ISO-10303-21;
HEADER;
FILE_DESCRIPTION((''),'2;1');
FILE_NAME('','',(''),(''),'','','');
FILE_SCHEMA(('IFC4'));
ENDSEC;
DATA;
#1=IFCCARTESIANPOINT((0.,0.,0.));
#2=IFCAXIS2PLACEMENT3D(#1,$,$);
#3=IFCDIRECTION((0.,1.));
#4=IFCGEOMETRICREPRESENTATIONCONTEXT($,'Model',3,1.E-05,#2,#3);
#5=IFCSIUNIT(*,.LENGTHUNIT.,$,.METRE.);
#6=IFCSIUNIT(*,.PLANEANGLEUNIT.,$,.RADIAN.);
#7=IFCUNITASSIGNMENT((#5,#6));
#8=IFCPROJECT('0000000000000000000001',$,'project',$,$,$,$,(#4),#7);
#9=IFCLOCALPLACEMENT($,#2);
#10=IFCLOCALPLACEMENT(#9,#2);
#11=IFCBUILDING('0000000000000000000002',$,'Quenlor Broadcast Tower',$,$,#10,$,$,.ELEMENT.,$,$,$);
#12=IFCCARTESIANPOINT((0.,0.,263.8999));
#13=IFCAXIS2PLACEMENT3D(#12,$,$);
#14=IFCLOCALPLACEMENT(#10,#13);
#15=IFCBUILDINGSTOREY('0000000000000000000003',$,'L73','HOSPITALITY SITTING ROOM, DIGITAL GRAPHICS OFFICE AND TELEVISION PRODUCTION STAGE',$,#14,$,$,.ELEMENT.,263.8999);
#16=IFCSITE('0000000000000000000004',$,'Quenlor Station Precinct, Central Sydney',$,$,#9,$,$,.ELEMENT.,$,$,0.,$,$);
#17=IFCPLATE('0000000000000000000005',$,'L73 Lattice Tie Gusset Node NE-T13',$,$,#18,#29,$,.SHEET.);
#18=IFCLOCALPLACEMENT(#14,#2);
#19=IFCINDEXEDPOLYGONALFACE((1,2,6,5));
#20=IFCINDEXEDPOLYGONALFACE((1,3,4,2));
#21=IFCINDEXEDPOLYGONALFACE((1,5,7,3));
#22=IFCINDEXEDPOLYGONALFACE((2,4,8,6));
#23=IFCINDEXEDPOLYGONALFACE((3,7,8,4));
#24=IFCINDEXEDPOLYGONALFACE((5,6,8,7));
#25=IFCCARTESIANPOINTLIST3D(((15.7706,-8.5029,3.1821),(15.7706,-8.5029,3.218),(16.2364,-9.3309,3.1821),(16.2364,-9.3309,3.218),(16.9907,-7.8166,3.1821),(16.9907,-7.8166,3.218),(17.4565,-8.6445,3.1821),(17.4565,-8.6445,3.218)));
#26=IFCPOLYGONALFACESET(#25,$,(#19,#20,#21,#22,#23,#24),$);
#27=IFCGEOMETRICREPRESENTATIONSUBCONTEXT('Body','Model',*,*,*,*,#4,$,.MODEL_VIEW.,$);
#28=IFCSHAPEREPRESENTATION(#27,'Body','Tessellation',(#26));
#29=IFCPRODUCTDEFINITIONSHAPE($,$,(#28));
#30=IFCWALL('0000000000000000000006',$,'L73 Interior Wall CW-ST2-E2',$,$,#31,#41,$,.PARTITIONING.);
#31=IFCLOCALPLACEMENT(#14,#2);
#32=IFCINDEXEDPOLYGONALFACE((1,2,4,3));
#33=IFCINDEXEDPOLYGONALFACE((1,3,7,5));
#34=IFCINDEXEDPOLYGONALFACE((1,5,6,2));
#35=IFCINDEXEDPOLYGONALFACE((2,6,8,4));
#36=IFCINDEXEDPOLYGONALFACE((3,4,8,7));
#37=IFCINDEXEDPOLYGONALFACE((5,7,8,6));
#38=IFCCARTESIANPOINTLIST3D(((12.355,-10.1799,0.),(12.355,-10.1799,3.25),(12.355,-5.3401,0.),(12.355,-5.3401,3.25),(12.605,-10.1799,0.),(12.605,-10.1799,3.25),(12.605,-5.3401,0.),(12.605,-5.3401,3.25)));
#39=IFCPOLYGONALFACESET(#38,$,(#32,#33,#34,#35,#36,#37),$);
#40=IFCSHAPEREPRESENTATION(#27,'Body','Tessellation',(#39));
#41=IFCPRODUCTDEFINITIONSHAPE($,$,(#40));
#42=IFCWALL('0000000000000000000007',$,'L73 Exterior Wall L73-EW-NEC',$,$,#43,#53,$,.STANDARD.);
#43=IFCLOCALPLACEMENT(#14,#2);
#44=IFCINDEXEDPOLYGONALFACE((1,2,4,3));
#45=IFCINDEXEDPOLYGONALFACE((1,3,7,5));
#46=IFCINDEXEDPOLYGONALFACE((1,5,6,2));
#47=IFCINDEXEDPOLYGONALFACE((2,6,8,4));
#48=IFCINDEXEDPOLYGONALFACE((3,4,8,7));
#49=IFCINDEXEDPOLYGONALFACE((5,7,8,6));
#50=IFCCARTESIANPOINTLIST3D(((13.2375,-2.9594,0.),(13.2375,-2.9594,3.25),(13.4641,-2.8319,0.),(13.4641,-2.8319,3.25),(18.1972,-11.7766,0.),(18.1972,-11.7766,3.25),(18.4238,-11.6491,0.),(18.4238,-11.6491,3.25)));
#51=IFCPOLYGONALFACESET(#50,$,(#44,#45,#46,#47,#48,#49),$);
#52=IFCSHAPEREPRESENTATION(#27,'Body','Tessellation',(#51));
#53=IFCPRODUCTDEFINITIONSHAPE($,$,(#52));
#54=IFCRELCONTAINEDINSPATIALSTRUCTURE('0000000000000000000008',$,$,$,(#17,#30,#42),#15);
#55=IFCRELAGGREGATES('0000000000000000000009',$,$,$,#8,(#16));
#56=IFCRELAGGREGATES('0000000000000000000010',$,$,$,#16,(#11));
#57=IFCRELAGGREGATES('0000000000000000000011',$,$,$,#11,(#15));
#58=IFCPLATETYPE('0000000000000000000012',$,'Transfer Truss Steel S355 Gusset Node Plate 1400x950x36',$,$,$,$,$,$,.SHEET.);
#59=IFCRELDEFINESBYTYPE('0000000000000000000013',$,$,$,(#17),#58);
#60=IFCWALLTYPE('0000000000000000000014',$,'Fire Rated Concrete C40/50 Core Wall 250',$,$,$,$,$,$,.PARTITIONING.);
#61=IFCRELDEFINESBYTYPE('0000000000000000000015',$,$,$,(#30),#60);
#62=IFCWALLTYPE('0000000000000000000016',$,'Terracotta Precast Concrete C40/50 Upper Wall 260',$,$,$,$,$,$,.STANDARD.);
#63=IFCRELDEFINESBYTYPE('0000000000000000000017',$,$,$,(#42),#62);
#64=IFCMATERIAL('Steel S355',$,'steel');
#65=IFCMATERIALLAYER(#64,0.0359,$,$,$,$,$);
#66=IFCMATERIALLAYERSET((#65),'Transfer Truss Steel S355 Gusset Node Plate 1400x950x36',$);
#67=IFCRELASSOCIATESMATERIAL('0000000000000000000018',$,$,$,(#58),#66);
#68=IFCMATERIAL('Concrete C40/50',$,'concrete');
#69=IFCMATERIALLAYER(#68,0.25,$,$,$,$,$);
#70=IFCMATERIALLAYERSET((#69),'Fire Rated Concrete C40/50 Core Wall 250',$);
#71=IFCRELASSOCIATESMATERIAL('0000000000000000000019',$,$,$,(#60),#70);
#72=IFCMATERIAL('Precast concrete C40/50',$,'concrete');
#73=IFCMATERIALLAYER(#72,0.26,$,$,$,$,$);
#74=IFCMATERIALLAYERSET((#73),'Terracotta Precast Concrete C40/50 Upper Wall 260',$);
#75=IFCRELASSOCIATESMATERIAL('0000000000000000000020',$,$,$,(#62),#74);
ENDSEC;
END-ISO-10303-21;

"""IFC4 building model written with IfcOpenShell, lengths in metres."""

from ifc_helpers import new_model, si_unit, direction, frame, frame_2d, origin, origin_2d, place, context, subcontext, project, spatial, rectangle, extrude, material, layer, layer_set, type_object, element, save


model = new_model("IFC4")

# Units and contexts
model_context = context("Model", 3, precision=1e-05, world=origin(), true_north=direction((0.0, 1.0)))
body_context = subcontext(model_context, "Body", "Model", "MODEL_VIEW")
ifc_project = project(units=[si_unit("LENGTHUNIT", "METRE"), si_unit("PLANEANGLEUNIT", "RADIAN")], contexts=[model_context])

# Site, building, storey
site_placement = place(None, origin())
site = spatial("IfcSite", under=ifc_project, at=site_placement, Name="Quenlor Station Precinct, Central Sydney", CompositionType="ELEMENT", RefElevation=0.0)
building_placement = place(site_placement, origin())
building = spatial("IfcBuilding", under=site, at=building_placement, Name="Quenlor Broadcast Tower", CompositionType="ELEMENT")
storey_placement = place(building_placement, frame((0.0, 0.0, 263.8999)))
storey = spatial("IfcBuildingStorey", under=building, at=storey_placement, Name="L73", Description="HOSPITALITY SITTING ROOM, DIGITAL GRAPHICS OFFICE AND TELEVISION PRODUCTION STAGE", CompositionType="ELEMENT", Elevation=263.8999)

# Plate
ifc_material_1 = material(Name="Steel S355", Category="steel")
ifc_layer_1 = layer(ifc_material_1, 0.0359)
ifc_layer_set_1 = layer_set([ifc_layer_1], Name="Transfer Truss Steel S355 Gusset Node Plate 1400x950x36")
plate_type_1 = type_object("IfcPlateType", Name="Transfer Truss Steel S355 Gusset Node Plate 1400x950x36", PredefinedType="SHEET", material=ifc_layer_set_1)
for number, where, z_axis, x_axis, name in (
    (1, (16.6135, -8.5737, 3.1821), (0.0, 0.0, 1.0), (0.871556, 0.490295, 0.0), "L73 Lattice Tie Gusset Node NE-T13"),
):
    element("IfcPlate", number, at=place(storey_placement, frame(where, z_axis=z_axis, x_axis=x_axis)), inside=storey, type_object=plate_type_1, Name=name, PredefinedType="SHEET", context=body_context, shape_type="SweptSolid", body=[
        extrude(rectangle(XDim=1.3999, YDim=0.95, at=origin_2d()), origin(), (0.0, 0.0, 1.0), 0.0359),
    ])

# Wall
ifc_material_2 = material(Name="Concrete C40/50", Category="concrete")
ifc_layer_2 = layer(ifc_material_2, 0.25)
ifc_layer_set_2 = layer_set([ifc_layer_2], Name="Fire Rated Concrete C40/50 Core Wall 250")
wall_type_1 = type_object("IfcWallType", Name="Fire Rated Concrete C40/50 Core Wall 250", PredefinedType="PARTITIONING", material=ifc_layer_set_2)
wall_1_placement = place(storey_placement, frame((12.48, -10.1799, 0.0), z_axis=(0.0, 0.0, 1.0), x_axis=(0.0, 1.0, 0.0)))
element("IfcWall", 2, at=wall_1_placement, inside=storey, type_object=wall_type_1, Name="L73 Interior Wall CW-ST2-E2", PredefinedType="PARTITIONING", context=body_context, shape_type="SweptSolid", body=[
    extrude(rectangle(XDim=4.8398, YDim=0.25, at=frame_2d((2.4199, 0.0))), origin(), (0.0, 0.0, 1.0), 3.25),
])

# Wall
ifc_material_3 = material(Name="Precast concrete C40/50", Category="concrete")
ifc_layer_3 = layer(ifc_material_3, 0.26)
ifc_layer_set_3 = layer_set([ifc_layer_3], Name="Terracotta Precast Concrete C40/50 Upper Wall 260")
wall_type_2 = type_object("IfcWallType", Name="Terracotta Precast Concrete C40/50 Upper Wall 260", PredefinedType="STANDARD", material=ifc_layer_set_3)
wall_2_placement = place(storey_placement, frame((13.3508, -2.8958, 0.0), z_axis=(0.0, 0.0, 1.0), x_axis=(0.490267, -0.871572, 0.0)))
element("IfcWall", 3, at=wall_2_placement, inside=storey, type_object=wall_type_2, Name="L73 Exterior Wall L73-EW-NEC", PredefinedType="STANDARD", context=body_context, shape_type="SweptSolid", body=[
    extrude(rectangle(XDim=10.1165, YDim=0.26, at=frame_2d((5.0581, 0.0))), origin(), (0.0, 0.0, 1.0), 3.25),
])

save(model, "model.ifc")
